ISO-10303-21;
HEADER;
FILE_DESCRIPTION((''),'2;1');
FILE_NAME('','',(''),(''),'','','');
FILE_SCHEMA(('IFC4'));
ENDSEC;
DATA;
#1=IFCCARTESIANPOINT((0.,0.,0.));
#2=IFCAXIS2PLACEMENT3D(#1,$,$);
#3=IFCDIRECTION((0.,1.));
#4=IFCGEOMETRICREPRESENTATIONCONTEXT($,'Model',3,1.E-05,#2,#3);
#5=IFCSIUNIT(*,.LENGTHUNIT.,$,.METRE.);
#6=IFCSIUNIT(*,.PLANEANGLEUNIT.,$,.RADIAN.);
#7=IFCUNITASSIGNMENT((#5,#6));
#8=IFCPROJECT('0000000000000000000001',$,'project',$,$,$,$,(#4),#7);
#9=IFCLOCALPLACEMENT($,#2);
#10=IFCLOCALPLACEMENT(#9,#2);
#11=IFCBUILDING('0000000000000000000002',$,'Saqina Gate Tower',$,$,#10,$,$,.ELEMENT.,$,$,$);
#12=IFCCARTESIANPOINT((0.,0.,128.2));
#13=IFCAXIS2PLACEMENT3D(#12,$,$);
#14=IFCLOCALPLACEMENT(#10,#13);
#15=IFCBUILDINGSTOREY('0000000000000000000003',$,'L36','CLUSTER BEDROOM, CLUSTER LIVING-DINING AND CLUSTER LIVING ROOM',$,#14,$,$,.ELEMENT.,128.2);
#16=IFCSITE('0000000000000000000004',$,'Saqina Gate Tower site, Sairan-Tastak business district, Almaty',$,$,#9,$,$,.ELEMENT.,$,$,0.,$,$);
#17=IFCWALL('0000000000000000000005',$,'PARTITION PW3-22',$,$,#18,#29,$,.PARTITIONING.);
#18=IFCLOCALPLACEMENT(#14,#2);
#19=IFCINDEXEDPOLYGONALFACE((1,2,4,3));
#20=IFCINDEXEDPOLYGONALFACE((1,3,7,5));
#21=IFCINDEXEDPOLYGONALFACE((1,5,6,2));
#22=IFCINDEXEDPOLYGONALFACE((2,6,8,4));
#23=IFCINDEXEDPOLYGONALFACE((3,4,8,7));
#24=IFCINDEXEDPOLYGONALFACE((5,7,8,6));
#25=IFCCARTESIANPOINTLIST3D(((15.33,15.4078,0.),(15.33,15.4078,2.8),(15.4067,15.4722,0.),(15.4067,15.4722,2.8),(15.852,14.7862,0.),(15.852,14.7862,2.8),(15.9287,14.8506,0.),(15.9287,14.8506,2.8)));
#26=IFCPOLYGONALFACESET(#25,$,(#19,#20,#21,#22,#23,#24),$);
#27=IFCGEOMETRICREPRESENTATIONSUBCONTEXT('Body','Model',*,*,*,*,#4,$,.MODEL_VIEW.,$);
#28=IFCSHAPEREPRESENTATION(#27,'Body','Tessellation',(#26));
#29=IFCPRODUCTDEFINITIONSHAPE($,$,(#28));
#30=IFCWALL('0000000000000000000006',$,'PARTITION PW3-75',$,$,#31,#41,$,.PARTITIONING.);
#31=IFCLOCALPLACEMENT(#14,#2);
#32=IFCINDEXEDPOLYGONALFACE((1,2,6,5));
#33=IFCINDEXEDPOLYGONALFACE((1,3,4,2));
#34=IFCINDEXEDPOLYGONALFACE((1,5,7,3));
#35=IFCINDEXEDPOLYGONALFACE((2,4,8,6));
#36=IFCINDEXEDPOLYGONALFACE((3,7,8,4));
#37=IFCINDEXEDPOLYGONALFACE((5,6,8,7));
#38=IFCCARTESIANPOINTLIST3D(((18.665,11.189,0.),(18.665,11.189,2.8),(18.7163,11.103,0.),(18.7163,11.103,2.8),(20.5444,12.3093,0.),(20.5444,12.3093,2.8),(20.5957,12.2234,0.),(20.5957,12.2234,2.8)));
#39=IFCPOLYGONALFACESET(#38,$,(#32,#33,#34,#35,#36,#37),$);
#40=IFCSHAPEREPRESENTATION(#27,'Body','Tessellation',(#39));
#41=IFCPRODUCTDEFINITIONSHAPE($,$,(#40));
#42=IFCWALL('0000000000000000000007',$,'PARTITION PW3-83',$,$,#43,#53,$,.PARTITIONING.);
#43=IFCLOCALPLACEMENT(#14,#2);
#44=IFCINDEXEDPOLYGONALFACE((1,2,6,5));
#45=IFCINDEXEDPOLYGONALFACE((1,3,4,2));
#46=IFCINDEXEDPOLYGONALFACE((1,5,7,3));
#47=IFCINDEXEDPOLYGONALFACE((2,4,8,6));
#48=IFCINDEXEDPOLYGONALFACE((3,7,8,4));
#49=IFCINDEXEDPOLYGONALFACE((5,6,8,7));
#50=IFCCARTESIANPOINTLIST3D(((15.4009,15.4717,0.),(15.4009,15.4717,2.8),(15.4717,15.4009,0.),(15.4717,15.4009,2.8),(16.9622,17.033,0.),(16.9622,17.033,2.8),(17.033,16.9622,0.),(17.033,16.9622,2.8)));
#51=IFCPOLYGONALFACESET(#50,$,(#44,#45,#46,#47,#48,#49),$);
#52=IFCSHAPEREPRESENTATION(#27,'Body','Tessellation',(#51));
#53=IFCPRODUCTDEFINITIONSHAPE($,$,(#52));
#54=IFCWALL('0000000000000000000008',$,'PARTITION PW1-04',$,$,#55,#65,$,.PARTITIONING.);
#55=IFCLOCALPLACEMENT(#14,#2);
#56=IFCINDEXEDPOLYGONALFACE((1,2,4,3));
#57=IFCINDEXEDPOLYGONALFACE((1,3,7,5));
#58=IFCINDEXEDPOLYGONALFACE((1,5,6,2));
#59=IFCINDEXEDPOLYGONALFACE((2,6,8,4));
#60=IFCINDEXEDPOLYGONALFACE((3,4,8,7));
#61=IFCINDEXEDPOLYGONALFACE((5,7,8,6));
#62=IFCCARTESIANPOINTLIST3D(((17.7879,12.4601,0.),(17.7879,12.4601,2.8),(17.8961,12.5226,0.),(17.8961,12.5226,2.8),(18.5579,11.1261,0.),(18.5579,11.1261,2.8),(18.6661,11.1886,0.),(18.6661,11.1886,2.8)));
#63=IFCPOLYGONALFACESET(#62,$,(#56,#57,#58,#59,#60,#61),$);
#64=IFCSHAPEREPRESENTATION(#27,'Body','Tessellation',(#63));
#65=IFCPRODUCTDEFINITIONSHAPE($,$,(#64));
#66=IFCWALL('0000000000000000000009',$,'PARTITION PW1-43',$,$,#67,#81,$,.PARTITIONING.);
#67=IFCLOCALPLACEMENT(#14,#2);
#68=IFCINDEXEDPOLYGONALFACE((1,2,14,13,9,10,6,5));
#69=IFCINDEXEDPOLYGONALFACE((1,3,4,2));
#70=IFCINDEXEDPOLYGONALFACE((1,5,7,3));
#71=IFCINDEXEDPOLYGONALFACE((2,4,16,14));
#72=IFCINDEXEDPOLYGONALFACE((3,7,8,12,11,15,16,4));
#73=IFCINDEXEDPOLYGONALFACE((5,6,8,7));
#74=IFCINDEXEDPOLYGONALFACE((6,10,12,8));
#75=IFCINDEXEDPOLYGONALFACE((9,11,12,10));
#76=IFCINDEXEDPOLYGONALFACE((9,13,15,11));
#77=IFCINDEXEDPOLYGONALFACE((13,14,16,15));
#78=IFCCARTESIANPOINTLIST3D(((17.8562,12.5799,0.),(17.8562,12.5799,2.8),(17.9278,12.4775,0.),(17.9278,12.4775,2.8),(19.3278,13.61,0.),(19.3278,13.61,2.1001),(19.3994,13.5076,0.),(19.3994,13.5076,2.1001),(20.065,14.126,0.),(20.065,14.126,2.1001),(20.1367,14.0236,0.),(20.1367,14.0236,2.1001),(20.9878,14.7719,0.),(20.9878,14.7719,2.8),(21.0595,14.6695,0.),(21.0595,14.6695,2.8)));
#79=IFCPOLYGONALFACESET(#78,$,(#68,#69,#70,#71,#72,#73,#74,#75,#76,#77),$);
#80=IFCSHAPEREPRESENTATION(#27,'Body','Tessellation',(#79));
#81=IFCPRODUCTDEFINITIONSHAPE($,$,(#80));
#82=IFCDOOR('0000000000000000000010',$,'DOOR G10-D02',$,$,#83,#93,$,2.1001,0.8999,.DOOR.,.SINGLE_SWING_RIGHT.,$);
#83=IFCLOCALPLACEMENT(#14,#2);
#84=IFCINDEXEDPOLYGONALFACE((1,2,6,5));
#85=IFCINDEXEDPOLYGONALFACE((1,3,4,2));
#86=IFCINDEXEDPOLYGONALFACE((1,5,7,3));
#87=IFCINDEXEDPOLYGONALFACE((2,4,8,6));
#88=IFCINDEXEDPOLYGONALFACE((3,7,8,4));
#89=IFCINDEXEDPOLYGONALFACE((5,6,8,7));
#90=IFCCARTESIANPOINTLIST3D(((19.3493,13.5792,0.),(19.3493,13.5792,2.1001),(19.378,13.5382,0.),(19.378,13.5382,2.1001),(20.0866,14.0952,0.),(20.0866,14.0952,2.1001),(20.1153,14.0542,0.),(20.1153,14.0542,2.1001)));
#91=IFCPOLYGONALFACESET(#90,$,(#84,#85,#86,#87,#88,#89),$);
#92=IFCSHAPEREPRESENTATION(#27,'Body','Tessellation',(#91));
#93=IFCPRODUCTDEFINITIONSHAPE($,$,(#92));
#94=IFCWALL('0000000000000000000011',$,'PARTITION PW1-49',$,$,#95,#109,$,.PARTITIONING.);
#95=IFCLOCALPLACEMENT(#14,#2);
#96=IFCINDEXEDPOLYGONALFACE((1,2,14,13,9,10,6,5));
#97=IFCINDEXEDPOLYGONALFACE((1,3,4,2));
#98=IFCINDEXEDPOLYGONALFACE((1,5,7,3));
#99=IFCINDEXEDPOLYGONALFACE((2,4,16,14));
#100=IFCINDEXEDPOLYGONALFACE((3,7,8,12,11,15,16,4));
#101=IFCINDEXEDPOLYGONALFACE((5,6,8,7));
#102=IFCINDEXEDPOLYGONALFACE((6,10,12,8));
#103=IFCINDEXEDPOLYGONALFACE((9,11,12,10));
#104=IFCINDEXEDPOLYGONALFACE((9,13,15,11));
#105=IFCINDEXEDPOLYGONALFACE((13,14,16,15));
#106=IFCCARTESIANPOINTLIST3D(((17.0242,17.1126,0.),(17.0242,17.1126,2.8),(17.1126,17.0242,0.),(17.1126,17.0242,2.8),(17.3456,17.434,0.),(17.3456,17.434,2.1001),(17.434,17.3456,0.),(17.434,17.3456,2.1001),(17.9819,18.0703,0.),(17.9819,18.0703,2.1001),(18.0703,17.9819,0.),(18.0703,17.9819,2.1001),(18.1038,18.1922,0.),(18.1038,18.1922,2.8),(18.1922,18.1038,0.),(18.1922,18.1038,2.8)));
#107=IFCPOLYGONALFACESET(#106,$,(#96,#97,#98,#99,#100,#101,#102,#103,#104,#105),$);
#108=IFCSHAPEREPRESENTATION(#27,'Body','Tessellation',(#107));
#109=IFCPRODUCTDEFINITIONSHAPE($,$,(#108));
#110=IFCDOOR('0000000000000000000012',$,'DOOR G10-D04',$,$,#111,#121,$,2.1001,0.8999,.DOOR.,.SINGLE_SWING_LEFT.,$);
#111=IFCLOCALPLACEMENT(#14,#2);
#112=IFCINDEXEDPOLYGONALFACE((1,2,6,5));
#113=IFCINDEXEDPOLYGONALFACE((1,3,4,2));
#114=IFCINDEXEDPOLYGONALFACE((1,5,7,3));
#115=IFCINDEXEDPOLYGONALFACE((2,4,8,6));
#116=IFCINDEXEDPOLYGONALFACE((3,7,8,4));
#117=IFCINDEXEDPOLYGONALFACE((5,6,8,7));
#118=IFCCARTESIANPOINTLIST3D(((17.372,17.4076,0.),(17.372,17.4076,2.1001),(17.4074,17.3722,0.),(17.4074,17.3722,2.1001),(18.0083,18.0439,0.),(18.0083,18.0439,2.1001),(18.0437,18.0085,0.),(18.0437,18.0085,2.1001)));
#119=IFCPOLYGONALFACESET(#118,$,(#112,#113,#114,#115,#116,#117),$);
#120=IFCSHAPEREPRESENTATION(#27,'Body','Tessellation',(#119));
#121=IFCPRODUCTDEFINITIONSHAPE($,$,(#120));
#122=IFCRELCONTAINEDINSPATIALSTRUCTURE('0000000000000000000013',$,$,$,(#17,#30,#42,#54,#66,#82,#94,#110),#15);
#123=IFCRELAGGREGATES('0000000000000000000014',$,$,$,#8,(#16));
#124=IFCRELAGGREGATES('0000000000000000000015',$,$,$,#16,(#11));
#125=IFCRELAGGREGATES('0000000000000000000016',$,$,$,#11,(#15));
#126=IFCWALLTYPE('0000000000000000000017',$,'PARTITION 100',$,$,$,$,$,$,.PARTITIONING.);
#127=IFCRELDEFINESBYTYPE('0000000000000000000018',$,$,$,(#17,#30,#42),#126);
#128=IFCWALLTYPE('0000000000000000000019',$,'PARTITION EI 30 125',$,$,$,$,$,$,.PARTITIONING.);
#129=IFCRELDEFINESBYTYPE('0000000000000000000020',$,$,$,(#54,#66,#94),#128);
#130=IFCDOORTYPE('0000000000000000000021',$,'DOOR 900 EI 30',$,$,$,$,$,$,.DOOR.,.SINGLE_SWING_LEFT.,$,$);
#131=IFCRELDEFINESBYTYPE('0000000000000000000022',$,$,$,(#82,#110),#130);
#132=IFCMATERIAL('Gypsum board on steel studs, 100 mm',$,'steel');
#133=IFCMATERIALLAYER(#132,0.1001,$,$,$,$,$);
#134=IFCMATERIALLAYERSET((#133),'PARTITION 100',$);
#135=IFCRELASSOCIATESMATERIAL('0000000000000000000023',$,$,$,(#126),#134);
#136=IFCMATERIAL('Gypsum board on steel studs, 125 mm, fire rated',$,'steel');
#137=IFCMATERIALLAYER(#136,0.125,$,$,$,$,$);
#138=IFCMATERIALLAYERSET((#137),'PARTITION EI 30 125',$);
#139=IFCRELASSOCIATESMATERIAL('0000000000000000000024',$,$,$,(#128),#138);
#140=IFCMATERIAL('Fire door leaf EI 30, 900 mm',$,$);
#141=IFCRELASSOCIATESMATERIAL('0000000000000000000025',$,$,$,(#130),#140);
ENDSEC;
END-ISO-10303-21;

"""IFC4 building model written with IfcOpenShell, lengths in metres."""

from ifc_helpers import new_model, si_unit, direction, frame, frame_2d, origin, place, context, subcontext, project, spatial, rectangle, extrude, material, layer, layer_set, type_object, element, fill, save


model = new_model("IFC4")

# Units and contexts
model_context = context("Model", 3, precision=1e-05, world=origin(), true_north=direction((0.0, 1.0)))
body_context = subcontext(model_context, "Body", "Model", "MODEL_VIEW")
ifc_project = project(units=[si_unit("LENGTHUNIT", "METRE"), si_unit("PLANEANGLEUNIT", "RADIAN")], contexts=[model_context])

# Site, building, storey
site_placement = place(None, origin())
site = spatial("IfcSite", under=ifc_project, at=site_placement, Name="Saqina Gate Tower site, Sairan-Tastak business district, Almaty", CompositionType="ELEMENT", RefElevation=0.0)
building_placement = place(site_placement, origin())
building = spatial("IfcBuilding", under=site, at=building_placement, Name="Saqina Gate Tower", CompositionType="ELEMENT")
storey_placement = place(building_placement, frame((0.0, 0.0, 128.2)))
storey = spatial("IfcBuildingStorey", under=building, at=storey_placement, Name="L36", Description="CLUSTER BEDROOM, CLUSTER LIVING-DINING AND CLUSTER LIVING ROOM", CompositionType="ELEMENT", Elevation=128.2)

# Shared definitions
ifc_material_1 = material(Name="Gypsum board on steel studs, 100 mm", Category="steel")
ifc_layer_1 = layer(ifc_material_1, 0.1001)
ifc_layer_set_1 = layer_set([ifc_layer_1], Name="PARTITION 100")
wall_type_1 = type_object("IfcWallType", Name="PARTITION 100", PredefinedType="PARTITIONING", material=ifc_layer_set_1)

# Walls
wall_1_placement = place(storey_placement, frame((15.3684, 15.4399, 0.0), z_axis=(0.0, 0.0, 1.0), x_axis=(0.643079, -0.7658, 0.0)))
element("IfcWall", 1, at=wall_1_placement, inside=storey, type_object=wall_type_1, Name="PARTITION PW3-22", PredefinedType="PARTITIONING", context=body_context, shape_type="SweptSolid", body=[
    extrude(rectangle(XDim=0.8118, YDim=0.1001, at=frame_2d((0.4058, 0.0))), origin(), (0.0, 0.0, 1.0), 2.8),
])
wall_2_placement = place(storey_placement, frame((18.6907, 11.146, 0.0), z_axis=(0.0, 0.0, 1.0), x_axis=(0.858956, 0.512049, 0.0)))
element("IfcWall", 2, at=wall_2_placement, inside=storey, type_object=wall_type_1, Name="PARTITION PW3-75", PredefinedType="PARTITIONING", context=body_context, shape_type="SweptSolid", body=[
    extrude(rectangle(XDim=2.188, YDim=0.1001, at=frame_2d((1.094, 0.0))), origin(), (0.0, 0.0, 1.0), 2.8),
])
wall_3_placement = place(storey_placement, frame((15.4363, 15.4363, 0.0), z_axis=(0.0, 0.0, 1.0), x_axis=(0.707107, 0.707107, 0.0)))
element("IfcWall", 3, at=wall_3_placement, inside=storey, type_object=wall_type_1, Name="PARTITION PW3-83", PredefinedType="PARTITIONING", context=body_context, shape_type="SweptSolid", body=[
    extrude(rectangle(XDim=2.208, YDim=0.1001, at=frame_2d((1.104, 0.0))), origin(), (0.0, 0.0, 1.0), 2.8),
])
ifc_material_2 = material(Name="Gypsum board on steel studs, 125 mm, fire rated", Category="steel")
ifc_layer_2 = layer(ifc_material_2, 0.125)
ifc_layer_set_2 = layer_set([ifc_layer_2], Name="PARTITION EI 30 125")
wall_type_2 = type_object("IfcWallType", Name="PARTITION EI 30 125", PredefinedType="PARTITIONING", material=ifc_layer_set_2)
wall_4_placement = place(storey_placement, frame((17.842, 12.4912, 0.0), z_axis=(0.0, 0.0, 1.0), x_axis=(0.499924, -0.866069, 0.0)))
element("IfcWall", 4, at=wall_4_placement, inside=storey, type_object=wall_type_2, Name="PARTITION PW1-04", PredefinedType="PARTITIONING", context=body_context, shape_type="SweptSolid", body=[
    extrude(rectangle(XDim=1.5403, YDim=0.125, at=frame_2d((0.77, 0.0))), origin(), (0.0, 0.0, 1.0), 2.8),
])

# Walls, openings, doors
wall_5_placement = place(storey_placement, frame((17.8921, 12.5288, 0.0), z_axis=(0.0, 0.0, 1.0), x_axis=(0.819259, 0.573424, 0.0)))
wall_5 = element("IfcWall", 5, at=wall_5_placement, inside=storey, type_object=wall_type_2, Name="PARTITION PW1-43", PredefinedType="PARTITIONING", context=body_context, shape_type="SweptSolid", body=[
    extrude(rectangle(XDim=3.8225, YDim=0.125, at=frame_2d((1.9111, 0.0))), origin(), (0.0, 0.0, 1.0), 2.8),
])
opening_1_placement = place(wall_5_placement, frame((1.7961, 0.0, 0.0)))
opening_1 = element("IfcOpeningElement", 6, at=opening_1_placement, cuts=wall_5, PredefinedType="OPENING", context=body_context, shape_type="SweptSolid", body=[
    extrude(rectangle(XDim=0.8999, YDim=2.1001, at=frame_2d((0.45, 1.05))), frame((0.0, 0.0745, 0.0), z_axis=(0.0, -1.0, 0.0), x_axis=(1.0, 0.0, 0.0)), (0.0, 0.0, 1.0), 0.1489),
])
ifc_material_3 = material(Name="Fire door leaf EI 30, 900 mm")
door_type_1 = type_object("IfcDoorType", Name="DOOR 900 EI 30", OperationType="SINGLE_SWING_LEFT", PredefinedType="DOOR", material=ifc_material_3)
door_1_placement = place(opening_1_placement, origin())
door_1 = element("IfcDoor", 7, at=door_1_placement, inside=storey, type_object=door_type_1, Name="DOOR G10-D02", OperationType="SINGLE_SWING_RIGHT", OverallHeight=2.1001, OverallWidth=0.8999, PredefinedType="DOOR", context=body_context, shape_type="SweptSolid", body=[
    extrude(rectangle(XDim=0.8999, YDim=2.1001, at=frame_2d((0.45, 1.05))), frame((0.0, 0.0249, 0.0), z_axis=(0.0, -1.0, 0.0), x_axis=(1.0, 0.0, 0.0)), (0.0, 0.0, 1.0), 0.05),
])
fill(opening_1, door_1)
wall_6_placement = place(storey_placement, frame((17.0684, 17.0684, 0.0), z_axis=(0.0, 0.0, 1.0), x_axis=(0.707107, 0.707107, 0.0)))
wall_6 = element("IfcWall", 8, at=wall_6_placement, inside=storey, type_object=wall_type_2, Name="PARTITION PW1-49", PredefinedType="PARTITIONING", context=body_context, shape_type="SweptSolid", body=[
    extrude(rectangle(XDim=1.5269, YDim=0.125, at=frame_2d((0.7634, 0.0))), origin(), (0.0, 0.0, 1.0), 2.8),
])
opening_2_placement = place(wall_6_placement, frame((0.4546, 0.0, 0.0)))
opening_2 = element("IfcOpeningElement", 9, at=opening_2_placement, cuts=wall_6, PredefinedType="OPENING", context=body_context, shape_type="SweptSolid", body=[
    extrude(rectangle(XDim=0.8999, YDim=2.1001, at=frame_2d((0.45, 1.05))), frame((0.0, 0.0745, 0.0), z_axis=(0.0, -1.0, 0.0), x_axis=(1.0, 0.0, 0.0)), (0.0, 0.0, 1.0), 0.1489),
])
door_2_placement = place(opening_2_placement, frame((0.8999, 0.0, 0.0), z_axis=(0.0, 0.0, 1.0), x_axis=(-1.0, 0.0, 0.0)))
door_2 = element("IfcDoor", 10, at=door_2_placement, inside=storey, type_object=door_type_1, Name="DOOR G10-D04", OperationType="SINGLE_SWING_LEFT", OverallHeight=2.1001, OverallWidth=0.8999, PredefinedType="DOOR", context=body_context, shape_type="SweptSolid", body=[
    extrude(rectangle(XDim=0.8999, YDim=2.1001, at=frame_2d((0.45, 1.05))), frame((0.0, 0.0249, 0.0), z_axis=(0.0, -1.0, 0.0), x_axis=(1.0, 0.0, 0.0)), (0.0, 0.0, 1.0), 0.05),
])
fill(opening_2, door_2)

save(model, "model.ifc")
